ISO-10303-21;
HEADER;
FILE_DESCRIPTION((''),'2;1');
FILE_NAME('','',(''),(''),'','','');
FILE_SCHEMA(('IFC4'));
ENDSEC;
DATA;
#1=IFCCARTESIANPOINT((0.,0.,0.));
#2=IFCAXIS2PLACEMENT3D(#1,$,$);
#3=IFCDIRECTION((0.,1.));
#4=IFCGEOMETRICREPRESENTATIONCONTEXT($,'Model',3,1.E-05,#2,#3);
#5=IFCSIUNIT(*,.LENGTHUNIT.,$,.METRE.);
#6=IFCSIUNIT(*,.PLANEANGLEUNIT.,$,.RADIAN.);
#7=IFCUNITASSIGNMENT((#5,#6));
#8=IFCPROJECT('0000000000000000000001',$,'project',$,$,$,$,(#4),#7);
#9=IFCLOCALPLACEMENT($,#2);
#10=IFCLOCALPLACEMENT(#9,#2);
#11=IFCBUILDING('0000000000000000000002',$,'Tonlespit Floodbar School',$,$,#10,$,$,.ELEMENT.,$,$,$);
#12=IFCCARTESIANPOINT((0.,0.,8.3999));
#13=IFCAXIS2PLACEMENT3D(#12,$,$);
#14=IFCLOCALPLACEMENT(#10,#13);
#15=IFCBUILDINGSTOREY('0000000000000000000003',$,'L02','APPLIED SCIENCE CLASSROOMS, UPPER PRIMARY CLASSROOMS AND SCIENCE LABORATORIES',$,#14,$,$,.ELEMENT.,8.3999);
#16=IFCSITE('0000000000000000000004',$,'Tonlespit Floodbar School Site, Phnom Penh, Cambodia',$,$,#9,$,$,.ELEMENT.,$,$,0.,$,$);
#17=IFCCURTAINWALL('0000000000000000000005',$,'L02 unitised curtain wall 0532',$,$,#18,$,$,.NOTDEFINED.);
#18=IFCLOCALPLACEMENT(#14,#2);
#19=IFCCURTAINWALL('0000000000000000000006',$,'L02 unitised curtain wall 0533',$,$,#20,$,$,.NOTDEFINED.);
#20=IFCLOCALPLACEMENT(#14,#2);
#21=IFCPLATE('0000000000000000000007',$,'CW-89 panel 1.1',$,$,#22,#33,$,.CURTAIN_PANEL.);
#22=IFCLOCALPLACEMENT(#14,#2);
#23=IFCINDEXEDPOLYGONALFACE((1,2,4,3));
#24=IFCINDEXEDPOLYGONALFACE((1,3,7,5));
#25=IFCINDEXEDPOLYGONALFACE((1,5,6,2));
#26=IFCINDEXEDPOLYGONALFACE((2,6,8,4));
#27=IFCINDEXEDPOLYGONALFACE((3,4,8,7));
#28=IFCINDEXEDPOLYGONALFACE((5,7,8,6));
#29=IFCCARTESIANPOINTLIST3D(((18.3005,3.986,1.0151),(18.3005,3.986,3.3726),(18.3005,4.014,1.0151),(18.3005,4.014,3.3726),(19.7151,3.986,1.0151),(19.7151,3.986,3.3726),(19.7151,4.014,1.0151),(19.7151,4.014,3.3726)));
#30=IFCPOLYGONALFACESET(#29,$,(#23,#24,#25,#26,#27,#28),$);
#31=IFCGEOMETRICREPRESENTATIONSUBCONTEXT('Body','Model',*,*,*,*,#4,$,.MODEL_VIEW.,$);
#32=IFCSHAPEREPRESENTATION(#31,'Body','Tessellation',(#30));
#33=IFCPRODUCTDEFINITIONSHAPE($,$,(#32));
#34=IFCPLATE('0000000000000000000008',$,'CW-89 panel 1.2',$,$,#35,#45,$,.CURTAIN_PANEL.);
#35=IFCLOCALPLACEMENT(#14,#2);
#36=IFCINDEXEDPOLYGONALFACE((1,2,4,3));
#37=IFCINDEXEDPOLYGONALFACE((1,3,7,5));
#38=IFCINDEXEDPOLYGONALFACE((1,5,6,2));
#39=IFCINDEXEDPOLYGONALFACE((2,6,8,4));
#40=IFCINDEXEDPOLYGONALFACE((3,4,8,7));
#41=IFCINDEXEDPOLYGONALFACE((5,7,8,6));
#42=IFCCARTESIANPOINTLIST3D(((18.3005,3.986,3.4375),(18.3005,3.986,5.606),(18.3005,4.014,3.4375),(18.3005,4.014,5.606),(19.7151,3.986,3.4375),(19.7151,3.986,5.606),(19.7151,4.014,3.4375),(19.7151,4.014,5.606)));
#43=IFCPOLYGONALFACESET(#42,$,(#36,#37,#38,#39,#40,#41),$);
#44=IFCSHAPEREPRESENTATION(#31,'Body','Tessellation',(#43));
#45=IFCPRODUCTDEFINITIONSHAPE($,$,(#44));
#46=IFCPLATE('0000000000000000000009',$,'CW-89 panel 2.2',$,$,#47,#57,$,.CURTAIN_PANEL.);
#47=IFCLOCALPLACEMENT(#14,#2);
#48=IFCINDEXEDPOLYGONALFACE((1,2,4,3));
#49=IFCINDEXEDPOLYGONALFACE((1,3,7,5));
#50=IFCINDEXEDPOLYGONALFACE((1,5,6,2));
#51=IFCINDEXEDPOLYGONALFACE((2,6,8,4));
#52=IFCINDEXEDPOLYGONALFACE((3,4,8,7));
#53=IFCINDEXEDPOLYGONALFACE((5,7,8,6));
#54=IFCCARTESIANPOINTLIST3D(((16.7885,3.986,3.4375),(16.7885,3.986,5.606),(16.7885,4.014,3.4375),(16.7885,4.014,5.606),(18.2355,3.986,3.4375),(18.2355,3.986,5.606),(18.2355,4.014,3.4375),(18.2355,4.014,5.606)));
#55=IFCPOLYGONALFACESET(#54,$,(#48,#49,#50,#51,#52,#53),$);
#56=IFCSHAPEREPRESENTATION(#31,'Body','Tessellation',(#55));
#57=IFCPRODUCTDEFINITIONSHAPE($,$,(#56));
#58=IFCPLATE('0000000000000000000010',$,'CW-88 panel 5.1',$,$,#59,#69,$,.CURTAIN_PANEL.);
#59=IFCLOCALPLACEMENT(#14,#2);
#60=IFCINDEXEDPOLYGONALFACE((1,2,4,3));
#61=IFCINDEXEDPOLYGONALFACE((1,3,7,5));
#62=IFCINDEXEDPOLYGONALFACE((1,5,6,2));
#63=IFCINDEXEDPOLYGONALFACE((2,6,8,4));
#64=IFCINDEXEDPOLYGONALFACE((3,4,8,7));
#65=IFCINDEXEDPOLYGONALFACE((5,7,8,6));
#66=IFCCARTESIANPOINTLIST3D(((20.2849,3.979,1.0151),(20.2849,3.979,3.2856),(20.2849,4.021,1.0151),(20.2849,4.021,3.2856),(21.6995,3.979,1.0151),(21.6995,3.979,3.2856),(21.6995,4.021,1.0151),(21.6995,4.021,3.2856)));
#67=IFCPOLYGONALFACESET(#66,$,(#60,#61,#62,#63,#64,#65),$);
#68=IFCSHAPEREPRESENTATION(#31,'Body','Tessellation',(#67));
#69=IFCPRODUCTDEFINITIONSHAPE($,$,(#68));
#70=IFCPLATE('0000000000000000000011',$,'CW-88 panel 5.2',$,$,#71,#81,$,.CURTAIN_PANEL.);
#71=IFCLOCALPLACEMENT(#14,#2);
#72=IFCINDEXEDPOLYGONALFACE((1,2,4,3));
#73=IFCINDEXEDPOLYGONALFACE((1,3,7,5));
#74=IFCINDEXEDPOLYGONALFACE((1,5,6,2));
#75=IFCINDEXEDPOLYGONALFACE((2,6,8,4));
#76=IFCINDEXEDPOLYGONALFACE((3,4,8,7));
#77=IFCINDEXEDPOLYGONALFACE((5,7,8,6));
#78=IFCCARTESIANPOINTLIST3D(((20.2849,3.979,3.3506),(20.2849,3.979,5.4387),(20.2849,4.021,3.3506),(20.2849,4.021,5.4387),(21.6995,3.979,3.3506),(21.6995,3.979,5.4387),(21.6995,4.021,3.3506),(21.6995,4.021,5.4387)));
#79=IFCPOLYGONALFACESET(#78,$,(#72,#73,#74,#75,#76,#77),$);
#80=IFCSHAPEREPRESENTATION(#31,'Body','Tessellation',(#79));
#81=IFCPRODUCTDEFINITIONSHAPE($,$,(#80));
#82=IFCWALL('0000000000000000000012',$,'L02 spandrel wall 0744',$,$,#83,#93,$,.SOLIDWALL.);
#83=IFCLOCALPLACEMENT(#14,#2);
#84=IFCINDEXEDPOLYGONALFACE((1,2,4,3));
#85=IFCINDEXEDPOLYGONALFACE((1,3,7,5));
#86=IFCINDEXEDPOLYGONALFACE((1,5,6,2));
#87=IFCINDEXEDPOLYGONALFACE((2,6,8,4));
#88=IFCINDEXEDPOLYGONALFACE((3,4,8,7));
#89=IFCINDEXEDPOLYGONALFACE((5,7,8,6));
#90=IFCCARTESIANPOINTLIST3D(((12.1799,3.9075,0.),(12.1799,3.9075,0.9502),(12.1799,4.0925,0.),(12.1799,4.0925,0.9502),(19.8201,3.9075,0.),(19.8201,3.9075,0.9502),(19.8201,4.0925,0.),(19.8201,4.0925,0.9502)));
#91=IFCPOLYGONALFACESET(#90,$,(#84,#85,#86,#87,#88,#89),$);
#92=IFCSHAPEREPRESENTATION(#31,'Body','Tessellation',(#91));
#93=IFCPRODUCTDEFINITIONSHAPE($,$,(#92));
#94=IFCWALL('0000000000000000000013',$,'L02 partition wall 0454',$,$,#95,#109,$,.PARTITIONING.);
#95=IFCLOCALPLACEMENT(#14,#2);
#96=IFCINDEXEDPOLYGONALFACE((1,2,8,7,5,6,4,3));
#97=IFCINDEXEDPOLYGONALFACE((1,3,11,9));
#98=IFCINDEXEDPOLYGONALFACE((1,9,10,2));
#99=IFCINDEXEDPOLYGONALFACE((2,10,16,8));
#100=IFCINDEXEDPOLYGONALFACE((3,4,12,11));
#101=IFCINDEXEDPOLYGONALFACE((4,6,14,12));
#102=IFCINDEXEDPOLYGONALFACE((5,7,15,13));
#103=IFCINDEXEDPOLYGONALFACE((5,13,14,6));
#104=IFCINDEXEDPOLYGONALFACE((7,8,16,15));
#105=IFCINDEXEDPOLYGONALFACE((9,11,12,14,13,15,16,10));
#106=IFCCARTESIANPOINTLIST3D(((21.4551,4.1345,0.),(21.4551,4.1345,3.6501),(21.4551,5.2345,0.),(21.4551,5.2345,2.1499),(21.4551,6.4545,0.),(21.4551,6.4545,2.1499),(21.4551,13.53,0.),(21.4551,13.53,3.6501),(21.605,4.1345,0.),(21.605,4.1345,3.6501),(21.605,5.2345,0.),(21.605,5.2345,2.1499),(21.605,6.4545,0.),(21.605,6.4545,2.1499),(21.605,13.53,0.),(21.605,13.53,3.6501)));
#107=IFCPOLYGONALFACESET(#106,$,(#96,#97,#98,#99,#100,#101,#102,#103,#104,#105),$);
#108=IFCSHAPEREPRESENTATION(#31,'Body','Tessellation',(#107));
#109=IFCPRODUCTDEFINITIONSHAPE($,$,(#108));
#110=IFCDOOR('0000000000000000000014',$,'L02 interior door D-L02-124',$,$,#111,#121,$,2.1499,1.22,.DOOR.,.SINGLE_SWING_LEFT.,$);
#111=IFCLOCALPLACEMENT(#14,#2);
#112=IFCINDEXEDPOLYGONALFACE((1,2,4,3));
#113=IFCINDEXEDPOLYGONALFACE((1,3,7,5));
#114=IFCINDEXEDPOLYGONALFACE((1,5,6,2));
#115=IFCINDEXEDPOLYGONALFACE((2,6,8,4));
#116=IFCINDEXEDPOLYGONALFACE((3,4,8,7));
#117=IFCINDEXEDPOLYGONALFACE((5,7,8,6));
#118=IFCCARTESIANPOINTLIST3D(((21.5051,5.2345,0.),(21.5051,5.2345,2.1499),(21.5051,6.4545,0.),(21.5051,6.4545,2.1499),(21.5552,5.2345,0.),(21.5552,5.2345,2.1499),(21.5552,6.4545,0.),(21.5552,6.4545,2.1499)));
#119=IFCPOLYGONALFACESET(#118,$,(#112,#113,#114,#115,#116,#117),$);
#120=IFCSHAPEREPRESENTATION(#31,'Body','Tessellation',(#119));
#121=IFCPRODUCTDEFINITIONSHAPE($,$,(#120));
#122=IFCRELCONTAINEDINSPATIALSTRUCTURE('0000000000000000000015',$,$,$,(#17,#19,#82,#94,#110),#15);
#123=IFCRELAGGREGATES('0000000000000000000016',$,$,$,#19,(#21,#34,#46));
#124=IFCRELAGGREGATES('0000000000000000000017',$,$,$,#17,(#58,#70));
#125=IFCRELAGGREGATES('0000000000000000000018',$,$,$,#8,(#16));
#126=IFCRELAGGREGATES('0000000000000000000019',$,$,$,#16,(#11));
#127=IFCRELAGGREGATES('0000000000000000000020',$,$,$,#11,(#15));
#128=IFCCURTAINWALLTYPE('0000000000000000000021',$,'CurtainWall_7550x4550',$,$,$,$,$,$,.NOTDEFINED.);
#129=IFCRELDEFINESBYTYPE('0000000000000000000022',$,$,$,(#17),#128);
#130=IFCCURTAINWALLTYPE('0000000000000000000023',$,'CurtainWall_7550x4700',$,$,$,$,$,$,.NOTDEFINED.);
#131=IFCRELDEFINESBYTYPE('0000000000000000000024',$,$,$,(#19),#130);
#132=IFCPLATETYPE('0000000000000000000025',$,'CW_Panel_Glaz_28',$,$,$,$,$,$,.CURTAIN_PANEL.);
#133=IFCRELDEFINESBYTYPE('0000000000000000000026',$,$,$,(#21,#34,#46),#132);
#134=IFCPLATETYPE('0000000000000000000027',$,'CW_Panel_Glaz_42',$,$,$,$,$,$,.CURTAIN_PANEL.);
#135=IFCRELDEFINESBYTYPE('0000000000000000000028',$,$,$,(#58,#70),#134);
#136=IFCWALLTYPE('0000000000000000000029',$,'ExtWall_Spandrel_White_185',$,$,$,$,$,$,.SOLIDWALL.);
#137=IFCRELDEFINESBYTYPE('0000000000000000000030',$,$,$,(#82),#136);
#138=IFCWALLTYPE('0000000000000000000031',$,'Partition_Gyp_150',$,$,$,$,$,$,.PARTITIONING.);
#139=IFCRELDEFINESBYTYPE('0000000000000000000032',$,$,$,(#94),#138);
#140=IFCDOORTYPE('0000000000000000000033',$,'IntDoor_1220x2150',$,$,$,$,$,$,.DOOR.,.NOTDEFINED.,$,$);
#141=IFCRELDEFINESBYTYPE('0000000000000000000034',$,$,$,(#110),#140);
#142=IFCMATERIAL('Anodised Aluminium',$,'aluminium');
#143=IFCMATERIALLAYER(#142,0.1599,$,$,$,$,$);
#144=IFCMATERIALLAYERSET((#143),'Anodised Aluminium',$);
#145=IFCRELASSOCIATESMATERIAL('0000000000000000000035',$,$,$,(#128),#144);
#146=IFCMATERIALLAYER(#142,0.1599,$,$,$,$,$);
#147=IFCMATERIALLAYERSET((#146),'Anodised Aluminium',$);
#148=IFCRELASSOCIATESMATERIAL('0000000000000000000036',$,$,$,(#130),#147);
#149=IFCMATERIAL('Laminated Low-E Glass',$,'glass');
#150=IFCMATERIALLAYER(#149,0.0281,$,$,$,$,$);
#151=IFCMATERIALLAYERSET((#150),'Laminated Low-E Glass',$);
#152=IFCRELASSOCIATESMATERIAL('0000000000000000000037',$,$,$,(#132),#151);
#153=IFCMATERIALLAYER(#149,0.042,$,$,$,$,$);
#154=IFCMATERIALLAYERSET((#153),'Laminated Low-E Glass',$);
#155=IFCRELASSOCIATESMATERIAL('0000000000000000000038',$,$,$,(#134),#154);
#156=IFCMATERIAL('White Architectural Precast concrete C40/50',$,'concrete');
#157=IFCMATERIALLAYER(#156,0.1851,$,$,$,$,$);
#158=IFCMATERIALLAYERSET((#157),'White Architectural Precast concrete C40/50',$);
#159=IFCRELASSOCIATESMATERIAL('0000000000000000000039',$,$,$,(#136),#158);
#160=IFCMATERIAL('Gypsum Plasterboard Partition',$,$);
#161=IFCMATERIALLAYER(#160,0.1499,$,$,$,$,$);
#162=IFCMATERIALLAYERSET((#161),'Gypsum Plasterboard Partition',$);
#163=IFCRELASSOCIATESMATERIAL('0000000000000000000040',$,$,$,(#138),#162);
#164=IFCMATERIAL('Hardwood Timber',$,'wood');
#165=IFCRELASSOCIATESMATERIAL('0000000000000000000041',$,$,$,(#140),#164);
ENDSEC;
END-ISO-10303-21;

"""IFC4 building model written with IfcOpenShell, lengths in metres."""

from ifc_helpers import new_model, si_unit, direction, frame, frame_2d, origin, origin_2d, place, context, subcontext, project, spatial, rectangle, extrude, material, layer, layer_set, type_object, element, fill, aggregate, save


model = new_model("IFC4")

# Units and contexts
model_context = context("Model", 3, precision=1e-05, world=origin(), true_north=direction((0.0, 1.0)))
body_context = subcontext(model_context, "Body", "Model", "MODEL_VIEW")
ifc_project = project(units=[si_unit("LENGTHUNIT", "METRE"), si_unit("PLANEANGLEUNIT", "RADIAN")], contexts=[model_context])

# Site, building, storey
site_placement = place(None, origin())
site = spatial("IfcSite", under=ifc_project, at=site_placement, Name="Tonlespit Floodbar School Site, Phnom Penh, Cambodia", CompositionType="ELEMENT", RefElevation=0.0)
building_placement = place(site_placement, origin())
building = spatial("IfcBuilding", under=site, at=building_placement, Name="Tonlespit Floodbar School", CompositionType="ELEMENT")
storey_placement = place(building_placement, frame((0.0, 0.0, 8.3999)))
storey = spatial("IfcBuildingStorey", under=building, at=storey_placement, Name="L02", Description="APPLIED SCIENCE CLASSROOMS, UPPER PRIMARY CLASSROOMS AND SCIENCE LABORATORIES", CompositionType="ELEMENT", Elevation=8.3999)

# Curtain wall
ifc_material_1 = material(Name="Anodised Aluminium", Category="aluminium")
ifc_layer_1 = layer(ifc_material_1, 0.1599)
ifc_layer_set_1 = layer_set([ifc_layer_1], Name="Anodised Aluminium")
curtain_wall_type_1 = type_object("IfcCurtainWallType", Name="CurtainWall_7550x4550", PredefinedType="NOTDEFINED", material=ifc_layer_set_1)
curtain_wall_1_placement = place(storey_placement, origin())
curtain_wall_1 = element("IfcCurtainWall", 1, at=curtain_wall_1_placement, inside=storey, type_object=curtain_wall_type_1, Name="L02 unitised curtain wall 0532", PredefinedType="NOTDEFINED")

# Curtain wall
ifc_layer_2 = layer(ifc_material_1, 0.1599)
ifc_layer_set_2 = layer_set([ifc_layer_2], Name="Anodised Aluminium")
curtain_wall_type_2 = type_object("IfcCurtainWallType", Name="CurtainWall_7550x4700", PredefinedType="NOTDEFINED", material=ifc_layer_set_2)
curtain_wall_2_placement = place(storey_placement, origin())
curtain_wall_2 = element("IfcCurtainWall", 2, at=curtain_wall_2_placement, inside=storey, type_object=curtain_wall_type_2, Name="L02 unitised curtain wall 0533", PredefinedType="NOTDEFINED")

# Plates
ifc_material_2 = material(Name="Laminated Low-E Glass", Category="glass")
ifc_layer_3 = layer(ifc_material_2, 0.0281)
ifc_layer_set_3 = layer_set([ifc_layer_3], Name="Laminated Low-E Glass")
plate_type_1 = type_object("IfcPlateType", Name="CW_Panel_Glaz_28", PredefinedType="CURTAIN_PANEL", material=ifc_layer_set_3)
plate_1_placement = place(storey_placement, frame((19.0078, 4.0, 1.0151), z_axis=(0.0, 0.0, 1.0), x_axis=(-1.0, 0.0, 0.0)))
plate_1 = element("IfcPlate", 3, at=plate_1_placement, type_object=plate_type_1, Name="CW-89 panel 1.1", PredefinedType="CURTAIN_PANEL", context=body_context, shape_type="SweptSolid", body=[
    extrude(rectangle(XDim=1.4146, YDim=0.0281, at=origin_2d()), origin(), (0.0, 0.0, 1.0), 2.3574),
])
plate_2_placement = place(storey_placement, frame((19.0078, 4.0, 3.4375), z_axis=(0.0, 0.0, 1.0), x_axis=(-1.0, 0.0, 0.0)))
plate_2 = element("IfcPlate", 4, at=plate_2_placement, type_object=plate_type_1, Name="CW-89 panel 1.2", PredefinedType="CURTAIN_PANEL", context=body_context, shape_type="SweptSolid", body=[
    extrude(rectangle(XDim=1.4146, YDim=0.0281, at=origin_2d()), origin(), (0.0, 0.0, 1.0), 2.1685),
])
plate_3_placement = place(storey_placement, frame((17.512, 4.0, 3.4375), z_axis=(0.0, 0.0, 1.0), x_axis=(-1.0, 0.0, 0.0)))
plate_3 = element("IfcPlate", 5, at=plate_3_placement, type_object=plate_type_1, Name="CW-89 panel 2.2", PredefinedType="CURTAIN_PANEL", context=body_context, shape_type="SweptSolid", body=[
    extrude(rectangle(XDim=1.447, YDim=0.0281, at=origin_2d()), origin(), (0.0, 0.0, 1.0), 2.1685),
])
aggregate(curtain_wall_2, [plate_1, plate_2, plate_3])
ifc_layer_4 = layer(ifc_material_2, 0.042)
ifc_layer_set_4 = layer_set([ifc_layer_4], Name="Laminated Low-E Glass")
plate_type_2 = type_object("IfcPlateType", Name="CW_Panel_Glaz_42", PredefinedType="CURTAIN_PANEL", material=ifc_layer_set_4)
plate_4_placement = place(storey_placement, frame((20.9922, 4.0, 1.0151), z_axis=(0.0, 0.0, 1.0), x_axis=(-1.0, 0.0, 0.0)))
plate_4 = element("IfcPlate", 6, at=plate_4_placement, type_object=plate_type_2, Name="CW-88 panel 5.1", PredefinedType="CURTAIN_PANEL", context=body_context, shape_type="SweptSolid", body=[
    extrude(rectangle(XDim=1.4146, YDim=0.042, at=origin_2d()), origin(), (0.0, 0.0, 1.0), 2.2705),
])
plate_5_placement = place(storey_placement, frame((20.9922, 4.0, 3.3506), z_axis=(0.0, 0.0, 1.0), x_axis=(-1.0, 0.0, 0.0)))
plate_5 = element("IfcPlate", 7, at=plate_5_placement, type_object=plate_type_2, Name="CW-88 panel 5.2", PredefinedType="CURTAIN_PANEL", context=body_context, shape_type="SweptSolid", body=[
    extrude(rectangle(XDim=1.4146, YDim=0.042, at=origin_2d()), origin(), (0.0, 0.0, 1.0), 2.0881),
])
aggregate(curtain_wall_1, [plate_4, plate_5])

# Wall
ifc_material_3 = material(Name="White Architectural Precast concrete C40/50", Category="concrete")
ifc_layer_5 = layer(ifc_material_3, 0.1851)
ifc_layer_set_5 = layer_set([ifc_layer_5], Name="White Architectural Precast concrete C40/50")
wall_type_1 = type_object("IfcWallType", Name="ExtWall_Spandrel_White_185", PredefinedType="SOLIDWALL", material=ifc_layer_set_5)
wall_1_placement = place(storey_placement, frame((19.8201, 4.0, 0.0), z_axis=(0.0, 0.0, 1.0), x_axis=(-1.0, 0.0, 0.0)))
element("IfcWall", 8, at=wall_1_placement, inside=storey, type_object=wall_type_1, Name="L02 spandrel wall 0744", PredefinedType="SOLIDWALL", context=body_context, shape_type="SweptSolid", body=[
    extrude(rectangle(XDim=7.6401, YDim=0.1851, at=frame_2d((3.8201, 0.0))), origin(), (0.0, 0.0, 1.0), 0.9502),
])

# Wall, opening, door
ifc_material_4 = material(Name="Gypsum Plasterboard Partition")
ifc_layer_6 = layer(ifc_material_4, 0.1499)
ifc_layer_set_6 = layer_set([ifc_layer_6], Name="Gypsum Plasterboard Partition")
wall_type_2 = type_object("IfcWallType", Name="Partition_Gyp_150", PredefinedType="PARTITIONING", material=ifc_layer_set_6)
wall_2_placement = place(storey_placement, frame((21.53, 4.1345, 0.0), z_axis=(0.0, 0.0, 1.0), x_axis=(0.0, 1.0, 0.0)))
wall_2 = element("IfcWall", 9, at=wall_2_placement, inside=storey, type_object=wall_type_2, Name="L02 partition wall 0454", PredefinedType="PARTITIONING", context=body_context, shape_type="SweptSolid", body=[
    extrude(rectangle(XDim=9.3955, YDim=0.1499, at=frame_2d((4.6978, 0.0))), origin(), (0.0, 0.0, 1.0), 3.6501),
])
opening_placement = place(wall_2_placement, frame((1.1001, 0.0, 0.0)))
opening = element("IfcOpeningElement", 10, at=opening_placement, cuts=wall_2, PredefinedType="OPENING", context=body_context, shape_type="SweptSolid", body=[
    extrude(rectangle(XDim=1.22, YDim=2.1499, at=frame_2d((0.6099, 1.075))), frame((0.0, 0.085, 0.0), z_axis=(0.0, -1.0, 0.0), x_axis=(1.0, 0.0, 0.0)), (0.0, 0.0, 1.0), 0.1699),
])
ifc_material_5 = material(Name="Hardwood Timber", Category="wood")
door_type = type_object("IfcDoorType", Name="IntDoor_1220x2150", OperationType="NOTDEFINED", PredefinedType="DOOR", material=ifc_material_5)
door_placement = place(opening_placement, origin())
door = element("IfcDoor", 11, at=door_placement, inside=storey, type_object=door_type, Name="L02 interior door D-L02-124", OperationType="SINGLE_SWING_LEFT", OverallHeight=2.1499, OverallWidth=1.22, PredefinedType="DOOR", context=body_context, shape_type="SweptSolid", body=[
    extrude(rectangle(XDim=1.22, YDim=2.1499, at=frame_2d((0.6099, 1.075))), frame((0.0, 0.0249, 0.0), z_axis=(0.0, -1.0, 0.0), x_axis=(1.0, 0.0, 0.0)), (0.0, 0.0, 1.0), 0.05),
])
fill(opening, door)

save(model, "model.ifc")
